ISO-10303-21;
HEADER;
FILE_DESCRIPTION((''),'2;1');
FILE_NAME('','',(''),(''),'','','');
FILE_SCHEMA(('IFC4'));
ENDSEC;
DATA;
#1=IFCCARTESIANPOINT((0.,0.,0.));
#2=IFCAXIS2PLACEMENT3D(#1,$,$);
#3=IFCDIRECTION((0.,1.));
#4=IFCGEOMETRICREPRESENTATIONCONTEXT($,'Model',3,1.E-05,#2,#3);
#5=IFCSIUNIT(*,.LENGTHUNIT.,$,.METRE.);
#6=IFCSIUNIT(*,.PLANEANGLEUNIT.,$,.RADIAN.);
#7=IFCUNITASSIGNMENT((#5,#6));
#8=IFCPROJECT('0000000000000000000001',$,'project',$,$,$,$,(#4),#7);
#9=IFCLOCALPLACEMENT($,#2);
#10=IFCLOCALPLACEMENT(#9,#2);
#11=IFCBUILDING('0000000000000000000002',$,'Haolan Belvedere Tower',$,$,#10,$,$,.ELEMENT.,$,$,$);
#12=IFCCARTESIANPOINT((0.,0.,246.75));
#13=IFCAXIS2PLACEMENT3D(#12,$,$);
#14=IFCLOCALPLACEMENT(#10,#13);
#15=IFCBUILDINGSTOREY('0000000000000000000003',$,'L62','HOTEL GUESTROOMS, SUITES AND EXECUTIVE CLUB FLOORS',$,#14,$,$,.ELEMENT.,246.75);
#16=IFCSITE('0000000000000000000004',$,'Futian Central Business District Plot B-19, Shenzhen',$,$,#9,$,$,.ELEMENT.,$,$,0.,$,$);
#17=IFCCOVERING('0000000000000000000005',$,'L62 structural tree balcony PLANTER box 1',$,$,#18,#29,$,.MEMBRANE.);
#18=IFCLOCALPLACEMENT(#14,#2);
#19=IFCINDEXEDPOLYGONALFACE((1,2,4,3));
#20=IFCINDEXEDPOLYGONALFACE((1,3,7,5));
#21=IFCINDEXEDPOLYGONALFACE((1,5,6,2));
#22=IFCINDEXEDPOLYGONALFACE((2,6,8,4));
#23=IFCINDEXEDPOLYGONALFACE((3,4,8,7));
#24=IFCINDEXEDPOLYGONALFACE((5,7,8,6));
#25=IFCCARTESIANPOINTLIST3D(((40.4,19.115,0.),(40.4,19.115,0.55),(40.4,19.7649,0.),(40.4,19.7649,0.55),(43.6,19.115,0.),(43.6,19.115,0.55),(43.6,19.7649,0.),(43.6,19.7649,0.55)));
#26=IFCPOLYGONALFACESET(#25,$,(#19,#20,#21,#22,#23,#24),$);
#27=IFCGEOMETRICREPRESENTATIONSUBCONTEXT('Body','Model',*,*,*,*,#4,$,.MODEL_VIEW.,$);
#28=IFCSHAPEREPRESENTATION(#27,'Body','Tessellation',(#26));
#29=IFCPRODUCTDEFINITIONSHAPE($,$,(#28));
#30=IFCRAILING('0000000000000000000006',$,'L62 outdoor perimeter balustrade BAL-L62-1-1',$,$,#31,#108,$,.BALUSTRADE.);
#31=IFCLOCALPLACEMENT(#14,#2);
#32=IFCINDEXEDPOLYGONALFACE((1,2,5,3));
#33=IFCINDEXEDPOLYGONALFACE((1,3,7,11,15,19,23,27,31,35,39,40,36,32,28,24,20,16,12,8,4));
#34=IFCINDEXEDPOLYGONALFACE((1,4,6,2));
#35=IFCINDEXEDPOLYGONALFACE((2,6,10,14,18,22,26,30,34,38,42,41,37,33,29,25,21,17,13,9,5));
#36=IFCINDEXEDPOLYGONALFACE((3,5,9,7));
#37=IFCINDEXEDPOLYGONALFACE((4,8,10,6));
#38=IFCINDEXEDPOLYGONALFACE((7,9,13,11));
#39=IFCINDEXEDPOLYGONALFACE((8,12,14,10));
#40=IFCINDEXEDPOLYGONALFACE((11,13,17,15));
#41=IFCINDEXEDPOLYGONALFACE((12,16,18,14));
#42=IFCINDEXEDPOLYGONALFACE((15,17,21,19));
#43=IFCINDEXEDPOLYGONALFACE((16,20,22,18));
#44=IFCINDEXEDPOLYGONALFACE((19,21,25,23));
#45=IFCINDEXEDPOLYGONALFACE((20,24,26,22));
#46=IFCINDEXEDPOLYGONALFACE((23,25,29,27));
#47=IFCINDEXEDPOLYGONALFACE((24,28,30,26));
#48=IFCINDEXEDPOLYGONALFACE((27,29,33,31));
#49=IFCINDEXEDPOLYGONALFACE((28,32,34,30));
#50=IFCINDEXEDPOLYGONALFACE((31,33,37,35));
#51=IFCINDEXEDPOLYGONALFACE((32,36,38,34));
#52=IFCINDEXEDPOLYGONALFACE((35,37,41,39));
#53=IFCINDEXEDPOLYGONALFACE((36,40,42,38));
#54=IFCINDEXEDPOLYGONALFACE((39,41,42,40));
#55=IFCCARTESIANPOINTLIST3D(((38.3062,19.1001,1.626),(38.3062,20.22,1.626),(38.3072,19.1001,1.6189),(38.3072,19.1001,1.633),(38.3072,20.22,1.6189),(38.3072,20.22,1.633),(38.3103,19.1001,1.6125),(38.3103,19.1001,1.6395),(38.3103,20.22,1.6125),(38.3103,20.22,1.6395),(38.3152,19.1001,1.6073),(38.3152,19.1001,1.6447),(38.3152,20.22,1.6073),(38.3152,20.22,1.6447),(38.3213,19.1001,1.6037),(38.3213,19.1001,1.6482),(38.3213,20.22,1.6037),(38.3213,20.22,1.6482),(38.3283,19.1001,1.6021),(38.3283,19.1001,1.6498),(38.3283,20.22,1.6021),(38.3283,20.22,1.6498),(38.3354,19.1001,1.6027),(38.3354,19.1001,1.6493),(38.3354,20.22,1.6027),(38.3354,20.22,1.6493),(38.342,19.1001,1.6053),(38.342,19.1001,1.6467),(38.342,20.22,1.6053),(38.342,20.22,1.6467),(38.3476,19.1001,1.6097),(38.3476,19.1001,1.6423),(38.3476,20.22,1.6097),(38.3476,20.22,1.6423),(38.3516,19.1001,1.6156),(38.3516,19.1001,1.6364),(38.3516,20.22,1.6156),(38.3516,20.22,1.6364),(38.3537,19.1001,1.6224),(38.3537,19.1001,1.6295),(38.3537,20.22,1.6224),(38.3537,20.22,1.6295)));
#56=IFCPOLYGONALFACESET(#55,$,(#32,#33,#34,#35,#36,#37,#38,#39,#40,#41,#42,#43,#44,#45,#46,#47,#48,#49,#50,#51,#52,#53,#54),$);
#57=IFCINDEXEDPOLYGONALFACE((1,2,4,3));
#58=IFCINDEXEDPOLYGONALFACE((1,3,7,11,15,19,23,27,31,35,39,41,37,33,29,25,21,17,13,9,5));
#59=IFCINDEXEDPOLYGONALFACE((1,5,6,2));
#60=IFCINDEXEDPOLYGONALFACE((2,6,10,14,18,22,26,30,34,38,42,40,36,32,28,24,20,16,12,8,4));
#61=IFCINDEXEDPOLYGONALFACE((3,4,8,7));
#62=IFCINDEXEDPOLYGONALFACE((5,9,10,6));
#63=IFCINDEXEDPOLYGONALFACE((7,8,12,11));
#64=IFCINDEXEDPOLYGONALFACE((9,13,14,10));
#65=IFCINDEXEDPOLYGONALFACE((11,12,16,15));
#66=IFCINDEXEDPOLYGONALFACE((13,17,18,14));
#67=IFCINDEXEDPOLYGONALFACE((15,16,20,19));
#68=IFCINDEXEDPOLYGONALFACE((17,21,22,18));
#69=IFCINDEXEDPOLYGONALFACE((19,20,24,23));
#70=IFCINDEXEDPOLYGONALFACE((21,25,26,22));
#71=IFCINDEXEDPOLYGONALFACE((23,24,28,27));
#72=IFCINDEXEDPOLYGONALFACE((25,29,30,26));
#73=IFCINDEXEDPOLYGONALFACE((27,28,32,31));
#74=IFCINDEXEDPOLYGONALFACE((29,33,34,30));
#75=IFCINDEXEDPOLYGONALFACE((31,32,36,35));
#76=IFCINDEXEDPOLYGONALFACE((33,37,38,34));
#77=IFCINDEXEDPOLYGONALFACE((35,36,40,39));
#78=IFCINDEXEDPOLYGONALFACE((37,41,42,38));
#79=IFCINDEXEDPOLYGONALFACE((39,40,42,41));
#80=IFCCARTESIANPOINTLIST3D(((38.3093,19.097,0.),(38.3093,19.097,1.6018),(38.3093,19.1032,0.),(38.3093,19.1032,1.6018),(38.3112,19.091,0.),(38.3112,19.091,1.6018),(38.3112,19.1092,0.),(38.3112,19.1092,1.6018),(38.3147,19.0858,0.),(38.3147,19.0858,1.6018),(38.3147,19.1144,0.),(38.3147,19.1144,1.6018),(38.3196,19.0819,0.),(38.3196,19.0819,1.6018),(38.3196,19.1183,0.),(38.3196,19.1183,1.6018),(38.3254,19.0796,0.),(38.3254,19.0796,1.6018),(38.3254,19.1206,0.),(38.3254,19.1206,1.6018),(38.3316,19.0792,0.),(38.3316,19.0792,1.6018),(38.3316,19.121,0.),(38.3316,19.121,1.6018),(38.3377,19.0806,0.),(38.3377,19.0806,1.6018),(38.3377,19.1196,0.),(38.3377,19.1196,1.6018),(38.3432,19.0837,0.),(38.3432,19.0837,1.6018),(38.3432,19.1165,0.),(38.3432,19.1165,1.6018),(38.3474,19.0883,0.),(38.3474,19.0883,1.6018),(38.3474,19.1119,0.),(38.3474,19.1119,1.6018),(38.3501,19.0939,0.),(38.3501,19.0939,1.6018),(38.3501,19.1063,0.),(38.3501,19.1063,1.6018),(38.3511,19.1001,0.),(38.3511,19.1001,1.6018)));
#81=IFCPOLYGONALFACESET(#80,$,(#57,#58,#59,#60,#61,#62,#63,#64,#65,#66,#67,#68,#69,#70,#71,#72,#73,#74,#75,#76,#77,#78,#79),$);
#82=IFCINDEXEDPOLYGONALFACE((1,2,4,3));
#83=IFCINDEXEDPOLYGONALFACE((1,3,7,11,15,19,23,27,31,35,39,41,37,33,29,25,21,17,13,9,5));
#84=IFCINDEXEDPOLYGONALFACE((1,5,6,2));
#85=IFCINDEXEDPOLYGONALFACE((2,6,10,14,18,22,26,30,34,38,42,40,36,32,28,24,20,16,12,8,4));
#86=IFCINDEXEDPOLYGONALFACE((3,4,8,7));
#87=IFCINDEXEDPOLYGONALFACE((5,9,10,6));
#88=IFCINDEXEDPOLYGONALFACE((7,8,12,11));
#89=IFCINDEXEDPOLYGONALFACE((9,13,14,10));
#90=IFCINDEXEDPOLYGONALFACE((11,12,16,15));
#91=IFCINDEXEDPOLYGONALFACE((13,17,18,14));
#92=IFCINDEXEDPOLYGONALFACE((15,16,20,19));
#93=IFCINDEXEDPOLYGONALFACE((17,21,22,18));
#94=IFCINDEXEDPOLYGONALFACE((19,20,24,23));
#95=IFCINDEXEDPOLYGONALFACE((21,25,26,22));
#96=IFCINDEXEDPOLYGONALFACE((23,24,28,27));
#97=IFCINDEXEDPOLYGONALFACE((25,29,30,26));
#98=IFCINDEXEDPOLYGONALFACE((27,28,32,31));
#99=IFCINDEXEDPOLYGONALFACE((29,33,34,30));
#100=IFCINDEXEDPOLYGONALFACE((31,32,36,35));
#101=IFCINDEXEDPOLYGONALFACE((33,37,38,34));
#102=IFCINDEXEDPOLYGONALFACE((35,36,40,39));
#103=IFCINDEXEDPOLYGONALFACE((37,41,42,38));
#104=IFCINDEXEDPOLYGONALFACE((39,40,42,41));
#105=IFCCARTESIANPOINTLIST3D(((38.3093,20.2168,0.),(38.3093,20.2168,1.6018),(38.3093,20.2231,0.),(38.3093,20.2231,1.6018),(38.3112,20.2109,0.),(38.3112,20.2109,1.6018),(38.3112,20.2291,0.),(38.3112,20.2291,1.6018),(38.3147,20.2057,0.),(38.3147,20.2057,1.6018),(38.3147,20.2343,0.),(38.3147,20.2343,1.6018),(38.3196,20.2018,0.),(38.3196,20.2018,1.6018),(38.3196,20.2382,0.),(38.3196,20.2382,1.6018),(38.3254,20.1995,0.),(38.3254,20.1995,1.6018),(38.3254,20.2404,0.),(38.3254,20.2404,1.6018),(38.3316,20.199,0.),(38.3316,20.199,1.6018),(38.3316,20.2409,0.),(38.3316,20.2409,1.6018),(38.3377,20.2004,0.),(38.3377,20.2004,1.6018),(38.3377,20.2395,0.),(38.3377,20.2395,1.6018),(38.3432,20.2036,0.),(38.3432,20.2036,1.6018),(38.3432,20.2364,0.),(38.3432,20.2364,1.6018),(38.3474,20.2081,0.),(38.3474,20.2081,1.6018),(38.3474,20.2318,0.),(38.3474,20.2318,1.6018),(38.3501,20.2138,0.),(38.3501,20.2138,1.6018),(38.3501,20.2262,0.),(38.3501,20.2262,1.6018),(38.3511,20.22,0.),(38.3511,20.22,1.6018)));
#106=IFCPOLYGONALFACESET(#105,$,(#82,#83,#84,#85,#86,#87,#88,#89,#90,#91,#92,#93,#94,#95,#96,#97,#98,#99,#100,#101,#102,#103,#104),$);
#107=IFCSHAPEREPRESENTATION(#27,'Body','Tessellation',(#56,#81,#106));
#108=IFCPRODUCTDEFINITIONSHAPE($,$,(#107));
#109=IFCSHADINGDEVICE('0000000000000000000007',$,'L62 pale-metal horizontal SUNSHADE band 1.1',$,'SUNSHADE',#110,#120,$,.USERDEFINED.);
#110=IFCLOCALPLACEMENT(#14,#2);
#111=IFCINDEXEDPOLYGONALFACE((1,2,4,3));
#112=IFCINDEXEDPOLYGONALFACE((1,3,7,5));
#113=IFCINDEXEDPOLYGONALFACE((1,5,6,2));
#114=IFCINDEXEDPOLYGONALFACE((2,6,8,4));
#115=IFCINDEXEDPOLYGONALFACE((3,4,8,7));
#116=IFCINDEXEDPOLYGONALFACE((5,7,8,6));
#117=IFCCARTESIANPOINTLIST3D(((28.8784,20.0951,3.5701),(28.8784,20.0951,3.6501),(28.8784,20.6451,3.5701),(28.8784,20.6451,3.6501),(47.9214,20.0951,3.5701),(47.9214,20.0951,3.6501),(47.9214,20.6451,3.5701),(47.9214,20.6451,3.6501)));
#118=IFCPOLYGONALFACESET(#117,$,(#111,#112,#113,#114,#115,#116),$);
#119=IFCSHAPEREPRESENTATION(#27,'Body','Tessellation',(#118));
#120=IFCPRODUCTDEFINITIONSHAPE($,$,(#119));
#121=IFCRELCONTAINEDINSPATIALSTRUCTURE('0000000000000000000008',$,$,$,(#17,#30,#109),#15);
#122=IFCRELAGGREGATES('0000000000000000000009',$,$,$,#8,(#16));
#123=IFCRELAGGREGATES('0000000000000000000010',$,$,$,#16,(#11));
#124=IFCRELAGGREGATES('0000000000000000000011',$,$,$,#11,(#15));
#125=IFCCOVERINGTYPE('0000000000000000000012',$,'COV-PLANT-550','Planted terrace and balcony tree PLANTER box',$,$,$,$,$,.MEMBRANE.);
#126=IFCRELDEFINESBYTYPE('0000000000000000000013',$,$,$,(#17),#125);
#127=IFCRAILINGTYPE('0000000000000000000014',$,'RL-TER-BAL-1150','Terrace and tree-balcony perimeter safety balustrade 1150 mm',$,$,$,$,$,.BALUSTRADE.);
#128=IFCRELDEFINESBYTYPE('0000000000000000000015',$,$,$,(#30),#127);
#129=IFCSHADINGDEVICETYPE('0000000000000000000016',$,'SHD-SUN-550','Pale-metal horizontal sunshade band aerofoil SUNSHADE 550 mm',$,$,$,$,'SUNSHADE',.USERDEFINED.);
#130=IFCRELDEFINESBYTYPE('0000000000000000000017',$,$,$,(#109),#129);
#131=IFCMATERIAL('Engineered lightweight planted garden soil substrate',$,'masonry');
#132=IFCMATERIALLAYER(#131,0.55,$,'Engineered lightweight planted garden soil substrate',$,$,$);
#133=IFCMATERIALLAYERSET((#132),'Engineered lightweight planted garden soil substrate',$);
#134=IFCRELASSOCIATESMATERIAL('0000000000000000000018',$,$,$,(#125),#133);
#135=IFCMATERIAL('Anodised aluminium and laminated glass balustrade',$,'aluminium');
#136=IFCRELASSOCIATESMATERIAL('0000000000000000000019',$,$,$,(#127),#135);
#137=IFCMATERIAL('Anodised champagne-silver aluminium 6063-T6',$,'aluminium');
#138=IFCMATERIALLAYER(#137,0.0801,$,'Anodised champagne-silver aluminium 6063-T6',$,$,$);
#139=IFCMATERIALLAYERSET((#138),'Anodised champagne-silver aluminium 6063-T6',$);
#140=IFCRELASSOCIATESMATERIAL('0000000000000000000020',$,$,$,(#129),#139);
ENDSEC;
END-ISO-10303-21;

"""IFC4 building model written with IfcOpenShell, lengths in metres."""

from ifc_helpers import new_model, si_unit, direction, frame, origin, origin_2d, place, context, subcontext, project, spatial, rectangle, circle, extrude, material, layer, layer_set, type_object, element, save


model = new_model("IFC4")

# Units and contexts
model_context = context("Model", 3, precision=1e-05, world=origin(), true_north=direction((0.0, 1.0)))
body_context = subcontext(model_context, "Body", "Model", "MODEL_VIEW")
ifc_project = project(units=[si_unit("LENGTHUNIT", "METRE"), si_unit("PLANEANGLEUNIT", "RADIAN")], contexts=[model_context])

# Site, building, storey
site_placement = place(None, origin())
site = spatial("IfcSite", under=ifc_project, at=site_placement, Name="Futian Central Business District Plot B-19, Shenzhen", CompositionType="ELEMENT", RefElevation=0.0)
building_placement = place(site_placement, origin())
building = spatial("IfcBuilding", under=site, at=building_placement, Name="Haolan Belvedere Tower", CompositionType="ELEMENT")
storey_placement = place(building_placement, frame((0.0, 0.0, 246.75)))
storey = spatial("IfcBuildingStorey", under=building, at=storey_placement, Name="L62", Description="HOTEL GUESTROOMS, SUITES AND EXECUTIVE CLUB FLOORS", CompositionType="ELEMENT", Elevation=246.75)

# Covering
ifc_material_1 = material(Name="Engineered lightweight planted garden soil substrate", Category="masonry")
ifc_layer_1 = layer(ifc_material_1, 0.55, Name="Engineered lightweight planted garden soil substrate")
ifc_layer_set_1 = layer_set([ifc_layer_1], Name="Engineered lightweight planted garden soil substrate")
covering_type = type_object("IfcCoveringType", Name="COV-PLANT-550", Description="Planted terrace and balcony tree PLANTER box", PredefinedType="MEMBRANE", material=ifc_layer_set_1)
covering_placement = place(storey_placement, frame((42.0, 19.4399, 0.0), z_axis=(0.0, 0.0, 1.0), x_axis=(1.0, 0.0, 0.0)))
element("IfcCovering", 1, at=covering_placement, inside=storey, type_object=covering_type, Name="L62 structural tree balcony PLANTER box 1", PredefinedType="MEMBRANE", context=body_context, shape_type="SweptSolid", body=[
    extrude(rectangle(XDim=3.2, YDim=0.6499, at=origin_2d()), origin(), (0.0, 0.0, 1.0), 0.55),
])

# Railing
ifc_material_2 = material(Name="Anodised aluminium and laminated glass balustrade", Category="aluminium")
railing_type = type_object("IfcRailingType", Name="RL-TER-BAL-1150", Description="Terrace and tree-balcony perimeter safety balustrade 1150 mm", PredefinedType="BALUSTRADE", material=ifc_material_2)
railing_placement = place(storey_placement, frame((38.3301, 19.1001, 0.0)))
element("IfcRailing", 2, at=railing_placement, inside=storey, type_object=railing_type, Name="L62 outdoor perimeter balustrade BAL-L62-1-1", PredefinedType="BALUSTRADE", context=body_context, shape_type="SweptSolid", body=[
    extrude(circle(Radius=0.0239, at=origin_2d()), frame((0.0, 0.0, 1.626), z_axis=(0.0, 1.0, 0.0), x_axis=(-1.0, 0.0, 0.0)), (0.0, 0.0, 1.0), 1.1199),
    extrude(circle(Radius=0.021, at=origin_2d()), origin(), (0.0, 0.0, 1.0), 1.6018),
    extrude(circle(Radius=0.021, at=origin_2d()), frame((0.0, 1.1199, 0.0)), (0.0, 0.0, 1.0), 1.6018),
])

# Shading device
ifc_material_3 = material(Name="Anodised champagne-silver aluminium 6063-T6", Category="aluminium")
ifc_layer_2 = layer(ifc_material_3, 0.0801, Name="Anodised champagne-silver aluminium 6063-T6")
ifc_layer_set_2 = layer_set([ifc_layer_2], Name="Anodised champagne-silver aluminium 6063-T6")
shading_device_type = type_object("IfcShadingDeviceType", Name="SHD-SUN-550", Description="Pale-metal horizontal sunshade band aerofoil SUNSHADE 550 mm", ElementType="SUNSHADE", PredefinedType="USERDEFINED", material=ifc_layer_set_2)
shading_device_placement = place(storey_placement, frame((38.3999, 20.3701, 3.5701), z_axis=(0.0, 0.0, 1.0), x_axis=(1.0, 0.0, 0.0)))
element("IfcShadingDevice", 3, at=shading_device_placement, inside=storey, type_object=shading_device_type, Name="L62 pale-metal horizontal SUNSHADE band 1.1", ObjectType="SUNSHADE", PredefinedType="USERDEFINED", context=body_context, shape_type="SweptSolid", body=[
    extrude(rectangle(XDim=19.043, YDim=0.55, at=origin_2d()), origin(), (0.0, 0.0, 1.0), 0.0801),
])

save(model, "model.ifc")
